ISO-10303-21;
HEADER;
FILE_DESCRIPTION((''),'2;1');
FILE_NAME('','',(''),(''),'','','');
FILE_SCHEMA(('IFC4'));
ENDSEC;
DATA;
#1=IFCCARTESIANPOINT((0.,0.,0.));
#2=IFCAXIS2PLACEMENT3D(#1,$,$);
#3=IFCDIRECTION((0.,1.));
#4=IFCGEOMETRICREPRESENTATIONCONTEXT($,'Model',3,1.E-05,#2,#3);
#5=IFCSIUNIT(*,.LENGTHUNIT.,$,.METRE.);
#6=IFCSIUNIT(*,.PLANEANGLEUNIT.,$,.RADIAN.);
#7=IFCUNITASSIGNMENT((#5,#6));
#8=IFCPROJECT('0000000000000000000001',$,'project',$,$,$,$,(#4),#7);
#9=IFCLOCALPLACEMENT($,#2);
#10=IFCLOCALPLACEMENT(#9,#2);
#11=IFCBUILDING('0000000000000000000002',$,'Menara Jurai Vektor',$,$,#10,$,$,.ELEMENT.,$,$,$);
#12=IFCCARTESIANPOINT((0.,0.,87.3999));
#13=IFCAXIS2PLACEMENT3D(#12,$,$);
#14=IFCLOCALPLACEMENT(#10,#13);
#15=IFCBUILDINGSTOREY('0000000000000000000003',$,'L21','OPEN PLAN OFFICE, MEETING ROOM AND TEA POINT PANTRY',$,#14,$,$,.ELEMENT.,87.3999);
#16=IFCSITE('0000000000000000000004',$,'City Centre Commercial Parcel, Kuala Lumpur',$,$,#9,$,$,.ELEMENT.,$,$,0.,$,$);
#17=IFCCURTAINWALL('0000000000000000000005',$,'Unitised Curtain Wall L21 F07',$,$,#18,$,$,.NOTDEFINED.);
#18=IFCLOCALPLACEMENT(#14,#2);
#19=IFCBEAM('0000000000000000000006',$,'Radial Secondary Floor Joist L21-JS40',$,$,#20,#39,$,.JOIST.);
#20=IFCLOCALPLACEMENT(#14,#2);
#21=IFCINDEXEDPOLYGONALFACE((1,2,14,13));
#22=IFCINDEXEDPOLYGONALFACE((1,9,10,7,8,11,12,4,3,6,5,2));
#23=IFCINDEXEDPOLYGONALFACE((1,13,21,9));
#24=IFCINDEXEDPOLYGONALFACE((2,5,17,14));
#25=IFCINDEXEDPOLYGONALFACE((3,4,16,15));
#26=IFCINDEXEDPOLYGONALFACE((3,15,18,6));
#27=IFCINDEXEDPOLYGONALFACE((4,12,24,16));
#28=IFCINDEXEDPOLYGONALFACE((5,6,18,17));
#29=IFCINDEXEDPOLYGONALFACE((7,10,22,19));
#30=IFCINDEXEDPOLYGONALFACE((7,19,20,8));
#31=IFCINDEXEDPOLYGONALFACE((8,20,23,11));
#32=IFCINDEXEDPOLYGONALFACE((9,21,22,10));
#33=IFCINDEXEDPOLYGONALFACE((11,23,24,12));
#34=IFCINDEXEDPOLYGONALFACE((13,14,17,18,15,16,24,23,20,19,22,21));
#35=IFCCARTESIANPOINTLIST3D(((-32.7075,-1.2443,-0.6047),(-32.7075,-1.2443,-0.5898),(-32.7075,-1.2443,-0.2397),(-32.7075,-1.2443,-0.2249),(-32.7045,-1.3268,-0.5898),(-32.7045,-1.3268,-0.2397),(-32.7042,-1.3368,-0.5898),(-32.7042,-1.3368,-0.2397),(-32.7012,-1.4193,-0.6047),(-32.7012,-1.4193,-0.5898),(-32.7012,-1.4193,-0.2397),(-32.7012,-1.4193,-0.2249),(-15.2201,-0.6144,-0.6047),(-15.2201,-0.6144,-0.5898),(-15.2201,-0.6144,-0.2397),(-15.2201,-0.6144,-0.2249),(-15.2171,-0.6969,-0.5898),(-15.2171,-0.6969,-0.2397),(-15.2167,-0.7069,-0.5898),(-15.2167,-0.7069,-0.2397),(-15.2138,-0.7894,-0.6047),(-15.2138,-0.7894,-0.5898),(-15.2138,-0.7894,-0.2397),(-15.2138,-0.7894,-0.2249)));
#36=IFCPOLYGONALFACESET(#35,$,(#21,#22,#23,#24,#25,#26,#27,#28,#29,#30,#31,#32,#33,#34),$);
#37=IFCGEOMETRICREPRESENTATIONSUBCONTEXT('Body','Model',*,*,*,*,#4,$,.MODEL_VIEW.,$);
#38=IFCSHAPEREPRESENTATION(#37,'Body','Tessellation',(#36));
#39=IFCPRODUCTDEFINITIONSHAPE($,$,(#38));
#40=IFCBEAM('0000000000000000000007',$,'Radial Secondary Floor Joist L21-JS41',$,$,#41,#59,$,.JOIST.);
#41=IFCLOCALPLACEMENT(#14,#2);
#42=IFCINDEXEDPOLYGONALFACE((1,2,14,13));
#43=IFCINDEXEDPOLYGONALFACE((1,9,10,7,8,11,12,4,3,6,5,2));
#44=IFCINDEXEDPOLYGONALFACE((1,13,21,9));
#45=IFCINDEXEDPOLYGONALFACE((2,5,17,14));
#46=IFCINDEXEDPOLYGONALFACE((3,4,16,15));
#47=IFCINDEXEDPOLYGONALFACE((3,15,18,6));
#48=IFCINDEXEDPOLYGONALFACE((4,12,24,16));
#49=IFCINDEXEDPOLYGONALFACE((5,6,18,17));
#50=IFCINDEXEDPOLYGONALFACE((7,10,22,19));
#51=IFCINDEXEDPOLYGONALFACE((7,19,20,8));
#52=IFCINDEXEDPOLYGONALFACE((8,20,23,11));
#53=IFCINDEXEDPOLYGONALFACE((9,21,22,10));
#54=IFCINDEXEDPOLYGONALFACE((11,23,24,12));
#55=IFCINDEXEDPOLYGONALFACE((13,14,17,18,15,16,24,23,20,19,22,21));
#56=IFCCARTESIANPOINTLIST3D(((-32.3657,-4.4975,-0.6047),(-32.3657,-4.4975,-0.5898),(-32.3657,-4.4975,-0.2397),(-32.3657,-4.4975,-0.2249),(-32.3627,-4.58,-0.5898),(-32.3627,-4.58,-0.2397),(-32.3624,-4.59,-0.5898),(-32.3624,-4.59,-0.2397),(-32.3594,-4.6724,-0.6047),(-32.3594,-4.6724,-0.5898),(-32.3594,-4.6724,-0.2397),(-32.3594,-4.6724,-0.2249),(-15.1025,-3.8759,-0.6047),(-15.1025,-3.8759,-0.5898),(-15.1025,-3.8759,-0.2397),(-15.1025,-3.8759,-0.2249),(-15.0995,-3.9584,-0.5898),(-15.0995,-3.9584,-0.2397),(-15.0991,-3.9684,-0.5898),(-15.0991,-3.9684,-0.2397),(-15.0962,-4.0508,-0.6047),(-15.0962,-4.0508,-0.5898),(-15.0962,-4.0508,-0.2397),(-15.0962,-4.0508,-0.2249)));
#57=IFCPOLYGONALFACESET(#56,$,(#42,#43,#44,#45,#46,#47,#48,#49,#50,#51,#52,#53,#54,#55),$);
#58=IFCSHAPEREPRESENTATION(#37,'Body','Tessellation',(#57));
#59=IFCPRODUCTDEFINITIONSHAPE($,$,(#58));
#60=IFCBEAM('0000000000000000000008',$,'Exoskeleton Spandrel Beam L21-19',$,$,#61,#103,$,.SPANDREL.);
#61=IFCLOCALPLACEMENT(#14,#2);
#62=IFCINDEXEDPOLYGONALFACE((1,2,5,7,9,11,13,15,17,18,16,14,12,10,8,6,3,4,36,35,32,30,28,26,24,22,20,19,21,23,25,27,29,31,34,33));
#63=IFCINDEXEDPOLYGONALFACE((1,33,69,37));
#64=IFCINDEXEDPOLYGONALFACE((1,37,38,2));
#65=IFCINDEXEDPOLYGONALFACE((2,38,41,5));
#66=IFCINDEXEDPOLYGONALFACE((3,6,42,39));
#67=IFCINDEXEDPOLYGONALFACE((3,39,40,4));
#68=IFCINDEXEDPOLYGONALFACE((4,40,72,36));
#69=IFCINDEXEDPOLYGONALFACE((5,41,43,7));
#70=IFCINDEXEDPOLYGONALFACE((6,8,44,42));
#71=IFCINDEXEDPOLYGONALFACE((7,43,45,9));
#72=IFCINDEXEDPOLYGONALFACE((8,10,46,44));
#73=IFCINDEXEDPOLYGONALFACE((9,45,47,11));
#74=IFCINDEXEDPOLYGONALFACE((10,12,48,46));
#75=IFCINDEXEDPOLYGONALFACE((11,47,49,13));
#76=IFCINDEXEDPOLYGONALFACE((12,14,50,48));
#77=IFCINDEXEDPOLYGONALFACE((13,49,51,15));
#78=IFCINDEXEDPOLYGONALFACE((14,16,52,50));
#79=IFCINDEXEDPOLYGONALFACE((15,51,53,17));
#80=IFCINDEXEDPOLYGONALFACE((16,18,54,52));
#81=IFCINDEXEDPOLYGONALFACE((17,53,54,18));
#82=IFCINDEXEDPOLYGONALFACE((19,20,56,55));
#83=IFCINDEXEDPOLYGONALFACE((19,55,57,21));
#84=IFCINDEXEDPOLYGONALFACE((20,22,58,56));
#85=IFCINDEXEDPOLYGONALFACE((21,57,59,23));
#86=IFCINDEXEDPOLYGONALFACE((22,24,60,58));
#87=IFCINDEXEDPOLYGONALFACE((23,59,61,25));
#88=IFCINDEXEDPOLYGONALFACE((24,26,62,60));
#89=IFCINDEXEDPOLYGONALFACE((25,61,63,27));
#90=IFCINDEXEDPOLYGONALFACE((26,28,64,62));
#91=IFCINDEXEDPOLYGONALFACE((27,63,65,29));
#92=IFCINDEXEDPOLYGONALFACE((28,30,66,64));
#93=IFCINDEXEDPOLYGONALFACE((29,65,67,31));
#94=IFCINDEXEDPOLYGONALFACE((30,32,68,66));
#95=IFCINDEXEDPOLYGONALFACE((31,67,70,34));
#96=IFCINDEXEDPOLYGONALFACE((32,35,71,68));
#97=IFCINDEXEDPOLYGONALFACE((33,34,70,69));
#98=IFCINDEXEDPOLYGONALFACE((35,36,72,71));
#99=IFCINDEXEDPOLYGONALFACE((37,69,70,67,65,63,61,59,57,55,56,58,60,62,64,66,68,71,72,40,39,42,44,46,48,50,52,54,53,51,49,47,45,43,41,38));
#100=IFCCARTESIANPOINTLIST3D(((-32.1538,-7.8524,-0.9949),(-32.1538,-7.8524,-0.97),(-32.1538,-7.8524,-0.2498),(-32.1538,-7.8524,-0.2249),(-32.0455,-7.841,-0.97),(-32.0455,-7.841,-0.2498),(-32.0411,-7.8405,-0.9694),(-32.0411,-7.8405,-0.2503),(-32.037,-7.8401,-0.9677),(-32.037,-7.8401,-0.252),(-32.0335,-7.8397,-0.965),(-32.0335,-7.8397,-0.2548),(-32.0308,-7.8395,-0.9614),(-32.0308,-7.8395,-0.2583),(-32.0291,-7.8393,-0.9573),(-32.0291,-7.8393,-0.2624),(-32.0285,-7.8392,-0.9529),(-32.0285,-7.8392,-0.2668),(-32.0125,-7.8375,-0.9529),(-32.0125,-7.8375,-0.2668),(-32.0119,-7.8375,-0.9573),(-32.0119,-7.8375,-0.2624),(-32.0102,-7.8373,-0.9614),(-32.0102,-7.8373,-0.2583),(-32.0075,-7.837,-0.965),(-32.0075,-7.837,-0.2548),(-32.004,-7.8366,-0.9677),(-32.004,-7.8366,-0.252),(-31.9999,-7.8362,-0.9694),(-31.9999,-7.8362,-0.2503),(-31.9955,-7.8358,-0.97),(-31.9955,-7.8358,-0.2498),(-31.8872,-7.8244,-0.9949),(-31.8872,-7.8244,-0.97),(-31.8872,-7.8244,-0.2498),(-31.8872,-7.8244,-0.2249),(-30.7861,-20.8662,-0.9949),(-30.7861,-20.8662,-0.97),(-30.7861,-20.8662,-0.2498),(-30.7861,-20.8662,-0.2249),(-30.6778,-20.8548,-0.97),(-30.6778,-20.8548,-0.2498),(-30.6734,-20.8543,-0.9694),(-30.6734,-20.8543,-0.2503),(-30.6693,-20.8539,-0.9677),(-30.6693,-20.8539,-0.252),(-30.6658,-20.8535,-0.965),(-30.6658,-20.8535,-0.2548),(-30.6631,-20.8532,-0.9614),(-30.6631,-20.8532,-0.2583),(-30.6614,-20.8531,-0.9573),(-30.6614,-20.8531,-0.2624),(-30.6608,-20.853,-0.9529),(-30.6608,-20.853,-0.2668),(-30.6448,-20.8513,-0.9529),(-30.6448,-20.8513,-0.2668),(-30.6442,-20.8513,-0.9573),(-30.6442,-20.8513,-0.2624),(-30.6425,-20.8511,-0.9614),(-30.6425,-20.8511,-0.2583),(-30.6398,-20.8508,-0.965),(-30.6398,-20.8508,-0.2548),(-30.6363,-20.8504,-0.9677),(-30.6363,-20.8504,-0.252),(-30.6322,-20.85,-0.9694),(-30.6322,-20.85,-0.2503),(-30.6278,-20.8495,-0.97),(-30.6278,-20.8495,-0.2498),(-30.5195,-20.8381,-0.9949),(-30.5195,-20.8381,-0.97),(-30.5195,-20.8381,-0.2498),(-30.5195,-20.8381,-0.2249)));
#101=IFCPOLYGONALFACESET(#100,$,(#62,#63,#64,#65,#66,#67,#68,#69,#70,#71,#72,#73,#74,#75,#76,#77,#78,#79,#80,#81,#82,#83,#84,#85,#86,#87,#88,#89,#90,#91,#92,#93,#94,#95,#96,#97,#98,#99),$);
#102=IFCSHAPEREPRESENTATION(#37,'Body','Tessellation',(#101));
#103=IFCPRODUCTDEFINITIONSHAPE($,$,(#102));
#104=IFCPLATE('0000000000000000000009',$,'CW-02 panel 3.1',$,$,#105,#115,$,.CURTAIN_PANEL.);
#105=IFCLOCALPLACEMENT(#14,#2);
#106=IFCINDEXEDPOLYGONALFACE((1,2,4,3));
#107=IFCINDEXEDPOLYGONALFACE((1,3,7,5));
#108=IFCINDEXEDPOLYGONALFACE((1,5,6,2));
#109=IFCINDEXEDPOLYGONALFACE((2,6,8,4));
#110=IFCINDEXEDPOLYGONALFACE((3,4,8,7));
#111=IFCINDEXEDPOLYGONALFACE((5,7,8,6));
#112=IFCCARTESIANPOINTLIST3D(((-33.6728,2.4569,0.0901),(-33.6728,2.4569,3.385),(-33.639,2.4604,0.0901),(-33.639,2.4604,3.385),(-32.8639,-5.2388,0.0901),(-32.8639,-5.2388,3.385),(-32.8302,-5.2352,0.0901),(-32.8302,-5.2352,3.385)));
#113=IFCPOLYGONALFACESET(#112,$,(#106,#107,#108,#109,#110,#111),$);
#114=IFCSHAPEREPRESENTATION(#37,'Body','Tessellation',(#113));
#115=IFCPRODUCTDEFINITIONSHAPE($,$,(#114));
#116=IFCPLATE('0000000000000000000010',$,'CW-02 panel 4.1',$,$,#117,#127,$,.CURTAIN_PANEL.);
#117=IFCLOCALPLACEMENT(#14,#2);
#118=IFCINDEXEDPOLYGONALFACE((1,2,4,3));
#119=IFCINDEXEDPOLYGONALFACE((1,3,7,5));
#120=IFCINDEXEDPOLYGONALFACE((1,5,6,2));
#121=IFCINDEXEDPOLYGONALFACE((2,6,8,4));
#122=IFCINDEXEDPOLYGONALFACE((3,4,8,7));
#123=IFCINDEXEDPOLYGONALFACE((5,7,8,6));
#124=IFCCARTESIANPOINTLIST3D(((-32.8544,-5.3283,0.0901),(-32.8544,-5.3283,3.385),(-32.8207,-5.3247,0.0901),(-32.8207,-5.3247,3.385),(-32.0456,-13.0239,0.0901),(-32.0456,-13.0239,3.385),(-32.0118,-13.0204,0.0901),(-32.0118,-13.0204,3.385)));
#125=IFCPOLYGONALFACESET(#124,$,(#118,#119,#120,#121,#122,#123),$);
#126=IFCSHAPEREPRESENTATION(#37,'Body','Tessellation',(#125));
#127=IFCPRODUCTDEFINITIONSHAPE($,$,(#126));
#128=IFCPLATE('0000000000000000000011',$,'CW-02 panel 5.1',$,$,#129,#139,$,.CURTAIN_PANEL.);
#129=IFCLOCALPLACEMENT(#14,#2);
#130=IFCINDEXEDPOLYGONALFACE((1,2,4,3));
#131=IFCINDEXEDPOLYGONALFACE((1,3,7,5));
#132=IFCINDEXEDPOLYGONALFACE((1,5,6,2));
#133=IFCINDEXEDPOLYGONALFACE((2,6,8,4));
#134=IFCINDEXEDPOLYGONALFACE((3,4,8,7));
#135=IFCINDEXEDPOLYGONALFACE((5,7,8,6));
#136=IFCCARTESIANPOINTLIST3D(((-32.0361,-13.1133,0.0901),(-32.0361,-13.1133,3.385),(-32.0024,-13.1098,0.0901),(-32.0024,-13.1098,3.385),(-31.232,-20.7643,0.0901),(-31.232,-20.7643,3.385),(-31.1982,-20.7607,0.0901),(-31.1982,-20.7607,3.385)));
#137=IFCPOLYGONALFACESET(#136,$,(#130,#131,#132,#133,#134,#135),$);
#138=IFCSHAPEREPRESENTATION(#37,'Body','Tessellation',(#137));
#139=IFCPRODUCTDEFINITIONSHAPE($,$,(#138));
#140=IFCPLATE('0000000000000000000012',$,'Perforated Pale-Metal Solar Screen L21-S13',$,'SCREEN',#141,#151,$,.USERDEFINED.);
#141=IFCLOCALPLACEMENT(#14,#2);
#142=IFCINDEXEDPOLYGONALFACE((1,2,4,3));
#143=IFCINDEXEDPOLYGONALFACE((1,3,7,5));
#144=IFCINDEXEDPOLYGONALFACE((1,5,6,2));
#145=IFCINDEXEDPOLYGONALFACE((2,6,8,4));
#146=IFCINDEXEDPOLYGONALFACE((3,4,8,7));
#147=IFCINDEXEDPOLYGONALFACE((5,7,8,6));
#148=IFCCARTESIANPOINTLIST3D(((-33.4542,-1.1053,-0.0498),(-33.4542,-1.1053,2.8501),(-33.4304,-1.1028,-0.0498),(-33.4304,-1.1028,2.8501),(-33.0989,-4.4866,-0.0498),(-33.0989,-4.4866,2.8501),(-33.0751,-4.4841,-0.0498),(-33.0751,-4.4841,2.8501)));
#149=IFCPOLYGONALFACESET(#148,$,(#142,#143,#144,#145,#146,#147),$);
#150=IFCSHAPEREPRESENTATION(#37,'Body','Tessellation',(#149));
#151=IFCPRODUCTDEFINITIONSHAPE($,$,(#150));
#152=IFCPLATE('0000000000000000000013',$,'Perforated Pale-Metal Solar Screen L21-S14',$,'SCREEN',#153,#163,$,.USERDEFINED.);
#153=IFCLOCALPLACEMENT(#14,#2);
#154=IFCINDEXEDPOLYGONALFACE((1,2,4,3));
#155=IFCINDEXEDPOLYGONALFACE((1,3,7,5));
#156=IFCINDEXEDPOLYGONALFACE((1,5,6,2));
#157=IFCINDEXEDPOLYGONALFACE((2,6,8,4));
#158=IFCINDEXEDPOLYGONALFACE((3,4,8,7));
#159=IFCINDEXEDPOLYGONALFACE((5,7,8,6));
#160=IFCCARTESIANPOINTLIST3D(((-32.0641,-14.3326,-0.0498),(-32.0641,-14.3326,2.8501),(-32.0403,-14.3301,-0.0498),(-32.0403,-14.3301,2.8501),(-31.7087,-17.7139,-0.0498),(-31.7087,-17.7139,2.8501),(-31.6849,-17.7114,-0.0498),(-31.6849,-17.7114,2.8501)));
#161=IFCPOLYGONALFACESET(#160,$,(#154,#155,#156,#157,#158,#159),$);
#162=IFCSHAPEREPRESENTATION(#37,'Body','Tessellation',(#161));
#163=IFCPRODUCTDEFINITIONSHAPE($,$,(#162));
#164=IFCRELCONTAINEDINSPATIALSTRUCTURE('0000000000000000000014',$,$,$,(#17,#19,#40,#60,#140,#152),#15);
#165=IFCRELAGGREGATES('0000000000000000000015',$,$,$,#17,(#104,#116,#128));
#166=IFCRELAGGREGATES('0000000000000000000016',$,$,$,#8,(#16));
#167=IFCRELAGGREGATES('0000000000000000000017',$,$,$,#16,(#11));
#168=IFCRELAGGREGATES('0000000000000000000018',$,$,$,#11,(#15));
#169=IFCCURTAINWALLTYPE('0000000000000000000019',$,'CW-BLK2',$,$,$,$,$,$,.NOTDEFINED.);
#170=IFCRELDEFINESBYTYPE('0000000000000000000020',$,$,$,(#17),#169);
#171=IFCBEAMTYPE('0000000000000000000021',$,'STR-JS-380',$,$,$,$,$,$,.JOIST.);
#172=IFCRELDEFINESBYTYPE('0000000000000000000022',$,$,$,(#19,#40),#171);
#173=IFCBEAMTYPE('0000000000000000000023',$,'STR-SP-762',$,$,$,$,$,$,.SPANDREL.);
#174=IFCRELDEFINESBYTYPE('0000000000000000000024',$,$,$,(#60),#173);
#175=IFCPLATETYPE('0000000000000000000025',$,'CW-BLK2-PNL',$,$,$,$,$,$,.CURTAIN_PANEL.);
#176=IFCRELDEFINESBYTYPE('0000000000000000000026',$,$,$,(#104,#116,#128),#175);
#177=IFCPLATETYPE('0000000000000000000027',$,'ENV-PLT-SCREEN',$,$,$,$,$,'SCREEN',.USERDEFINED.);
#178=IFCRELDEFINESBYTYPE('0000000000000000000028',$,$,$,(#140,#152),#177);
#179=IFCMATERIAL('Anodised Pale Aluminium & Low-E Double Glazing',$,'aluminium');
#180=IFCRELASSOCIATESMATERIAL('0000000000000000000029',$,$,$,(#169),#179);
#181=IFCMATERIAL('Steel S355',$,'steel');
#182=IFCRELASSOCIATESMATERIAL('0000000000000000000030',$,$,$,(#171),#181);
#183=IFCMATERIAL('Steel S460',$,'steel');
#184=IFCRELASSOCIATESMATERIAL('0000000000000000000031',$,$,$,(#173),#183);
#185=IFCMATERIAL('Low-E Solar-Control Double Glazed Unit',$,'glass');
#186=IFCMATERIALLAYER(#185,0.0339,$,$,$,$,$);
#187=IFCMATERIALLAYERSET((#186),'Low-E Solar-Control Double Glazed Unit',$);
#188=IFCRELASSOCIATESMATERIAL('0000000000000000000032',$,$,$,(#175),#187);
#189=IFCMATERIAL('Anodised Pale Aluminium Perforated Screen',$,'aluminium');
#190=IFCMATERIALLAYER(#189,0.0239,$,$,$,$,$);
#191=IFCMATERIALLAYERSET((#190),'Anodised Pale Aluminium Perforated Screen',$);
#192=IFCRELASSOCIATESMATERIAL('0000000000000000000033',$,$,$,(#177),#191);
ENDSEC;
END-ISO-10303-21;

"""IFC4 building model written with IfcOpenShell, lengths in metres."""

from ifc_helpers import new_model, si_unit, direction, frame, origin, origin_2d, place, context, subcontext, project, spatial, rectangle, i_section, extrude, material, layer, layer_set, material_profile, profile_set, type_object, element, aggregate, save


model = new_model("IFC4")

# Units and contexts
model_context = context("Model", 3, precision=1e-05, world=origin(), true_north=direction((0.0, 1.0)))
body_context = subcontext(model_context, "Body", "Model", "MODEL_VIEW")
ifc_project = project(units=[si_unit("LENGTHUNIT", "METRE"), si_unit("PLANEANGLEUNIT", "RADIAN")], contexts=[model_context])

# Site, building, storey
site_placement = place(None, origin())
site = spatial("IfcSite", under=ifc_project, at=site_placement, Name="City Centre Commercial Parcel, Kuala Lumpur", CompositionType="ELEMENT", RefElevation=0.0)
building_placement = place(site_placement, origin())
building = spatial("IfcBuilding", under=site, at=building_placement, Name="Menara Jurai Vektor", CompositionType="ELEMENT")
storey_placement = place(building_placement, frame((0.0, 0.0, 87.3999)))
storey = spatial("IfcBuildingStorey", under=building, at=storey_placement, Name="L21", Description="OPEN PLAN OFFICE, MEETING ROOM AND TEA POINT PANTRY", CompositionType="ELEMENT", Elevation=87.3999)

# Shared definitions
ifc_material_1 = material(Name="Steel S460", Category="steel")

# Curtain wall
ifc_material_2 = material(Name="Anodised Pale Aluminium & Low-E Double Glazing", Category="aluminium")
curtain_wall_type = type_object("IfcCurtainWallType", Name="CW-BLK2", PredefinedType="NOTDEFINED", material=ifc_material_2)
curtain_wall_placement = place(storey_placement, origin())
curtain_wall = element("IfcCurtainWall", 1, at=curtain_wall_placement, inside=storey, type_object=curtain_wall_type, Name="Unitised Curtain Wall L21 F07", PredefinedType="NOTDEFINED")

# Beams
ifc_material_3 = material(Name="Steel S355", Category="steel")
ifc_material_profile_1 = material_profile(ifc_material_3, i_section(OverallWidth=0.175, OverallDepth=0.3799, WebThickness=0.01, FlangeThickness=0.0149, at=origin_2d()), Name="PG 380x175x58")
ifc_profile_set_1 = profile_set([ifc_material_profile_1], Name="Steel S355")
beam_type_1 = type_object("IfcBeamType", Name="STR-JS-380", PredefinedType="JOIST", material=ifc_profile_set_1)
beam_1_placement = place(storey_placement, frame((-32.7043, -1.3318, -0.4148), z_axis=(0.999352, 0.035996, 0.0), x_axis=(-0.035996, 0.999352, 0.0)))
element("IfcBeam", 2, at=beam_1_placement, inside=storey, type_object=beam_type_1, Name="Radial Secondary Floor Joist L21-JS40", PredefinedType="JOIST", context=body_context, shape_type="SweptSolid", body=[
    extrude(i_section(OverallWidth=0.175, OverallDepth=0.3799, WebThickness=0.01, FlangeThickness=0.0149, at=origin_2d()), origin(), (0.0, 0.0, 1.0), 17.4988),
])
beam_2_placement = place(storey_placement, frame((-32.3625, -4.585, -0.4148), z_axis=(0.999352, 0.035983, 0.0), x_axis=(-0.035983, 0.999352, 0.0)))
element("IfcBeam", 3, at=beam_2_placement, inside=storey, type_object=beam_type_1, Name="Radial Secondary Floor Joist L21-JS41", PredefinedType="JOIST", context=body_context, shape_type="SweptSolid", body=[
    extrude(i_section(OverallWidth=0.175, OverallDepth=0.3799, WebThickness=0.01, FlangeThickness=0.0149, at=origin_2d()), origin(), (0.0, 0.0, 1.0), 17.2744),
])
ifc_material_profile_2 = material_profile(ifc_material_1, i_section(OverallWidth=0.2681, OverallDepth=0.77, WebThickness=0.0161, FlangeThickness=0.0249, FilletRadius=0.0171, at=origin_2d()), Name="UKB 762x267x197")
ifc_profile_set_2 = profile_set([ifc_material_profile_2], Name="Steel S460")
beam_type_2 = type_object("IfcBeamType", Name="STR-SP-762", PredefinedType="SPANDREL", material=ifc_profile_set_2)
beam_3_placement = place(storey_placement, frame((-32.0205, -7.8384, -0.6099), z_axis=(0.10452, -0.994523, 0.0), x_axis=(0.994523, 0.10452, 0.0)))
element("IfcBeam", 4, at=beam_3_placement, inside=storey, type_object=beam_type_2, Name="Exoskeleton Spandrel Beam L21-19", PredefinedType="SPANDREL", context=body_context, shape_type="SweptSolid", body=[
    extrude(i_section(OverallWidth=0.2681, OverallDepth=0.77, WebThickness=0.0161, FlangeThickness=0.0249, FilletRadius=0.0171, at=origin_2d()), origin(), (0.0, 0.0, 1.0), 13.0854),
])

# Plates
ifc_material_4 = material(Name="Low-E Solar-Control Double Glazed Unit", Category="glass")
ifc_layer_1 = layer(ifc_material_4, 0.0339)
ifc_layer_set_1 = layer_set([ifc_layer_1], Name="Low-E Solar-Control Double Glazed Unit")
plate_type_1 = type_object("IfcPlateType", Name="CW-BLK2-PNL", PredefinedType="CURTAIN_PANEL", material=ifc_layer_set_1)
plate_1_placement = place(storey_placement, frame((-33.2515, -1.3892, 0.0901), z_axis=(0.0, 0.0, 1.0), x_axis=(0.10453, -0.994522, 0.0)))
plate_1 = element("IfcPlate", 5, at=plate_1_placement, type_object=plate_type_1, Name="CW-02 panel 3.1", PredefinedType="CURTAIN_PANEL", context=body_context, shape_type="SweptSolid", body=[
    extrude(rectangle(XDim=7.738, YDim=0.0339, at=origin_2d()), origin(), (0.0, 0.0, 1.0), 3.2949),
])
plate_2_placement = place(storey_placement, frame((-32.4331, -9.1743, 0.0901), z_axis=(0.0, 0.0, 1.0), x_axis=(0.10453, -0.994522, 0.0)))
plate_2 = element("IfcPlate", 6, at=plate_2_placement, type_object=plate_type_1, Name="CW-02 panel 4.1", PredefinedType="CURTAIN_PANEL", context=body_context, shape_type="SweptSolid", body=[
    extrude(rectangle(XDim=7.738, YDim=0.0339, at=origin_2d()), origin(), (0.0, 0.0, 1.0), 3.2949),
])
plate_3_placement = place(storey_placement, frame((-31.6172, -16.937, 0.0901), z_axis=(0.0, 0.0, 1.0), x_axis=(0.10453, -0.994522, 0.0)))
plate_3 = element("IfcPlate", 7, at=plate_3_placement, type_object=plate_type_1, Name="CW-02 panel 5.1", PredefinedType="CURTAIN_PANEL", context=body_context, shape_type="SweptSolid", body=[
    extrude(rectangle(XDim=7.6931, YDim=0.0339, at=origin_2d()), origin(), (0.0, 0.0, 1.0), 3.2949),
])
aggregate(curtain_wall, [plate_1, plate_2, plate_3])

# Plates
ifc_material_5 = material(Name="Anodised Pale Aluminium Perforated Screen", Category="aluminium")
ifc_layer_2 = layer(ifc_material_5, 0.0239)
ifc_layer_set_2 = layer_set([ifc_layer_2], Name="Anodised Pale Aluminium Perforated Screen")
plate_type_2 = type_object("IfcPlateType", Name="ENV-PLT-SCREEN", ElementType="SCREEN", PredefinedType="USERDEFINED", material=ifc_layer_set_2)
for number, where, z_axis, x_axis, name in (
    (8, (-33.2646, -2.7947, -0.0498), (0.0, 0.0, 1.0), (0.104528, -0.994522, 0.0), "Perforated Pale-Metal Solar Screen L21-S13"),
    (9, (-31.8745, -16.022, -0.0498), (0.0, 0.0, 1.0), (0.104528, -0.994522, 0.0), "Perforated Pale-Metal Solar Screen L21-S14"),
):
    element("IfcPlate", number, at=place(storey_placement, frame(where, z_axis=z_axis, x_axis=x_axis)), inside=storey, type_object=plate_type_2, Name=name, ObjectType="SCREEN", PredefinedType="USERDEFINED", context=body_context, shape_type="SweptSolid", body=[
        extrude(rectangle(XDim=3.3999, YDim=0.0239, at=origin_2d()), origin(), (0.0, 0.0, 1.0), 2.8999),
    ])

save(model, "model.ifc")
